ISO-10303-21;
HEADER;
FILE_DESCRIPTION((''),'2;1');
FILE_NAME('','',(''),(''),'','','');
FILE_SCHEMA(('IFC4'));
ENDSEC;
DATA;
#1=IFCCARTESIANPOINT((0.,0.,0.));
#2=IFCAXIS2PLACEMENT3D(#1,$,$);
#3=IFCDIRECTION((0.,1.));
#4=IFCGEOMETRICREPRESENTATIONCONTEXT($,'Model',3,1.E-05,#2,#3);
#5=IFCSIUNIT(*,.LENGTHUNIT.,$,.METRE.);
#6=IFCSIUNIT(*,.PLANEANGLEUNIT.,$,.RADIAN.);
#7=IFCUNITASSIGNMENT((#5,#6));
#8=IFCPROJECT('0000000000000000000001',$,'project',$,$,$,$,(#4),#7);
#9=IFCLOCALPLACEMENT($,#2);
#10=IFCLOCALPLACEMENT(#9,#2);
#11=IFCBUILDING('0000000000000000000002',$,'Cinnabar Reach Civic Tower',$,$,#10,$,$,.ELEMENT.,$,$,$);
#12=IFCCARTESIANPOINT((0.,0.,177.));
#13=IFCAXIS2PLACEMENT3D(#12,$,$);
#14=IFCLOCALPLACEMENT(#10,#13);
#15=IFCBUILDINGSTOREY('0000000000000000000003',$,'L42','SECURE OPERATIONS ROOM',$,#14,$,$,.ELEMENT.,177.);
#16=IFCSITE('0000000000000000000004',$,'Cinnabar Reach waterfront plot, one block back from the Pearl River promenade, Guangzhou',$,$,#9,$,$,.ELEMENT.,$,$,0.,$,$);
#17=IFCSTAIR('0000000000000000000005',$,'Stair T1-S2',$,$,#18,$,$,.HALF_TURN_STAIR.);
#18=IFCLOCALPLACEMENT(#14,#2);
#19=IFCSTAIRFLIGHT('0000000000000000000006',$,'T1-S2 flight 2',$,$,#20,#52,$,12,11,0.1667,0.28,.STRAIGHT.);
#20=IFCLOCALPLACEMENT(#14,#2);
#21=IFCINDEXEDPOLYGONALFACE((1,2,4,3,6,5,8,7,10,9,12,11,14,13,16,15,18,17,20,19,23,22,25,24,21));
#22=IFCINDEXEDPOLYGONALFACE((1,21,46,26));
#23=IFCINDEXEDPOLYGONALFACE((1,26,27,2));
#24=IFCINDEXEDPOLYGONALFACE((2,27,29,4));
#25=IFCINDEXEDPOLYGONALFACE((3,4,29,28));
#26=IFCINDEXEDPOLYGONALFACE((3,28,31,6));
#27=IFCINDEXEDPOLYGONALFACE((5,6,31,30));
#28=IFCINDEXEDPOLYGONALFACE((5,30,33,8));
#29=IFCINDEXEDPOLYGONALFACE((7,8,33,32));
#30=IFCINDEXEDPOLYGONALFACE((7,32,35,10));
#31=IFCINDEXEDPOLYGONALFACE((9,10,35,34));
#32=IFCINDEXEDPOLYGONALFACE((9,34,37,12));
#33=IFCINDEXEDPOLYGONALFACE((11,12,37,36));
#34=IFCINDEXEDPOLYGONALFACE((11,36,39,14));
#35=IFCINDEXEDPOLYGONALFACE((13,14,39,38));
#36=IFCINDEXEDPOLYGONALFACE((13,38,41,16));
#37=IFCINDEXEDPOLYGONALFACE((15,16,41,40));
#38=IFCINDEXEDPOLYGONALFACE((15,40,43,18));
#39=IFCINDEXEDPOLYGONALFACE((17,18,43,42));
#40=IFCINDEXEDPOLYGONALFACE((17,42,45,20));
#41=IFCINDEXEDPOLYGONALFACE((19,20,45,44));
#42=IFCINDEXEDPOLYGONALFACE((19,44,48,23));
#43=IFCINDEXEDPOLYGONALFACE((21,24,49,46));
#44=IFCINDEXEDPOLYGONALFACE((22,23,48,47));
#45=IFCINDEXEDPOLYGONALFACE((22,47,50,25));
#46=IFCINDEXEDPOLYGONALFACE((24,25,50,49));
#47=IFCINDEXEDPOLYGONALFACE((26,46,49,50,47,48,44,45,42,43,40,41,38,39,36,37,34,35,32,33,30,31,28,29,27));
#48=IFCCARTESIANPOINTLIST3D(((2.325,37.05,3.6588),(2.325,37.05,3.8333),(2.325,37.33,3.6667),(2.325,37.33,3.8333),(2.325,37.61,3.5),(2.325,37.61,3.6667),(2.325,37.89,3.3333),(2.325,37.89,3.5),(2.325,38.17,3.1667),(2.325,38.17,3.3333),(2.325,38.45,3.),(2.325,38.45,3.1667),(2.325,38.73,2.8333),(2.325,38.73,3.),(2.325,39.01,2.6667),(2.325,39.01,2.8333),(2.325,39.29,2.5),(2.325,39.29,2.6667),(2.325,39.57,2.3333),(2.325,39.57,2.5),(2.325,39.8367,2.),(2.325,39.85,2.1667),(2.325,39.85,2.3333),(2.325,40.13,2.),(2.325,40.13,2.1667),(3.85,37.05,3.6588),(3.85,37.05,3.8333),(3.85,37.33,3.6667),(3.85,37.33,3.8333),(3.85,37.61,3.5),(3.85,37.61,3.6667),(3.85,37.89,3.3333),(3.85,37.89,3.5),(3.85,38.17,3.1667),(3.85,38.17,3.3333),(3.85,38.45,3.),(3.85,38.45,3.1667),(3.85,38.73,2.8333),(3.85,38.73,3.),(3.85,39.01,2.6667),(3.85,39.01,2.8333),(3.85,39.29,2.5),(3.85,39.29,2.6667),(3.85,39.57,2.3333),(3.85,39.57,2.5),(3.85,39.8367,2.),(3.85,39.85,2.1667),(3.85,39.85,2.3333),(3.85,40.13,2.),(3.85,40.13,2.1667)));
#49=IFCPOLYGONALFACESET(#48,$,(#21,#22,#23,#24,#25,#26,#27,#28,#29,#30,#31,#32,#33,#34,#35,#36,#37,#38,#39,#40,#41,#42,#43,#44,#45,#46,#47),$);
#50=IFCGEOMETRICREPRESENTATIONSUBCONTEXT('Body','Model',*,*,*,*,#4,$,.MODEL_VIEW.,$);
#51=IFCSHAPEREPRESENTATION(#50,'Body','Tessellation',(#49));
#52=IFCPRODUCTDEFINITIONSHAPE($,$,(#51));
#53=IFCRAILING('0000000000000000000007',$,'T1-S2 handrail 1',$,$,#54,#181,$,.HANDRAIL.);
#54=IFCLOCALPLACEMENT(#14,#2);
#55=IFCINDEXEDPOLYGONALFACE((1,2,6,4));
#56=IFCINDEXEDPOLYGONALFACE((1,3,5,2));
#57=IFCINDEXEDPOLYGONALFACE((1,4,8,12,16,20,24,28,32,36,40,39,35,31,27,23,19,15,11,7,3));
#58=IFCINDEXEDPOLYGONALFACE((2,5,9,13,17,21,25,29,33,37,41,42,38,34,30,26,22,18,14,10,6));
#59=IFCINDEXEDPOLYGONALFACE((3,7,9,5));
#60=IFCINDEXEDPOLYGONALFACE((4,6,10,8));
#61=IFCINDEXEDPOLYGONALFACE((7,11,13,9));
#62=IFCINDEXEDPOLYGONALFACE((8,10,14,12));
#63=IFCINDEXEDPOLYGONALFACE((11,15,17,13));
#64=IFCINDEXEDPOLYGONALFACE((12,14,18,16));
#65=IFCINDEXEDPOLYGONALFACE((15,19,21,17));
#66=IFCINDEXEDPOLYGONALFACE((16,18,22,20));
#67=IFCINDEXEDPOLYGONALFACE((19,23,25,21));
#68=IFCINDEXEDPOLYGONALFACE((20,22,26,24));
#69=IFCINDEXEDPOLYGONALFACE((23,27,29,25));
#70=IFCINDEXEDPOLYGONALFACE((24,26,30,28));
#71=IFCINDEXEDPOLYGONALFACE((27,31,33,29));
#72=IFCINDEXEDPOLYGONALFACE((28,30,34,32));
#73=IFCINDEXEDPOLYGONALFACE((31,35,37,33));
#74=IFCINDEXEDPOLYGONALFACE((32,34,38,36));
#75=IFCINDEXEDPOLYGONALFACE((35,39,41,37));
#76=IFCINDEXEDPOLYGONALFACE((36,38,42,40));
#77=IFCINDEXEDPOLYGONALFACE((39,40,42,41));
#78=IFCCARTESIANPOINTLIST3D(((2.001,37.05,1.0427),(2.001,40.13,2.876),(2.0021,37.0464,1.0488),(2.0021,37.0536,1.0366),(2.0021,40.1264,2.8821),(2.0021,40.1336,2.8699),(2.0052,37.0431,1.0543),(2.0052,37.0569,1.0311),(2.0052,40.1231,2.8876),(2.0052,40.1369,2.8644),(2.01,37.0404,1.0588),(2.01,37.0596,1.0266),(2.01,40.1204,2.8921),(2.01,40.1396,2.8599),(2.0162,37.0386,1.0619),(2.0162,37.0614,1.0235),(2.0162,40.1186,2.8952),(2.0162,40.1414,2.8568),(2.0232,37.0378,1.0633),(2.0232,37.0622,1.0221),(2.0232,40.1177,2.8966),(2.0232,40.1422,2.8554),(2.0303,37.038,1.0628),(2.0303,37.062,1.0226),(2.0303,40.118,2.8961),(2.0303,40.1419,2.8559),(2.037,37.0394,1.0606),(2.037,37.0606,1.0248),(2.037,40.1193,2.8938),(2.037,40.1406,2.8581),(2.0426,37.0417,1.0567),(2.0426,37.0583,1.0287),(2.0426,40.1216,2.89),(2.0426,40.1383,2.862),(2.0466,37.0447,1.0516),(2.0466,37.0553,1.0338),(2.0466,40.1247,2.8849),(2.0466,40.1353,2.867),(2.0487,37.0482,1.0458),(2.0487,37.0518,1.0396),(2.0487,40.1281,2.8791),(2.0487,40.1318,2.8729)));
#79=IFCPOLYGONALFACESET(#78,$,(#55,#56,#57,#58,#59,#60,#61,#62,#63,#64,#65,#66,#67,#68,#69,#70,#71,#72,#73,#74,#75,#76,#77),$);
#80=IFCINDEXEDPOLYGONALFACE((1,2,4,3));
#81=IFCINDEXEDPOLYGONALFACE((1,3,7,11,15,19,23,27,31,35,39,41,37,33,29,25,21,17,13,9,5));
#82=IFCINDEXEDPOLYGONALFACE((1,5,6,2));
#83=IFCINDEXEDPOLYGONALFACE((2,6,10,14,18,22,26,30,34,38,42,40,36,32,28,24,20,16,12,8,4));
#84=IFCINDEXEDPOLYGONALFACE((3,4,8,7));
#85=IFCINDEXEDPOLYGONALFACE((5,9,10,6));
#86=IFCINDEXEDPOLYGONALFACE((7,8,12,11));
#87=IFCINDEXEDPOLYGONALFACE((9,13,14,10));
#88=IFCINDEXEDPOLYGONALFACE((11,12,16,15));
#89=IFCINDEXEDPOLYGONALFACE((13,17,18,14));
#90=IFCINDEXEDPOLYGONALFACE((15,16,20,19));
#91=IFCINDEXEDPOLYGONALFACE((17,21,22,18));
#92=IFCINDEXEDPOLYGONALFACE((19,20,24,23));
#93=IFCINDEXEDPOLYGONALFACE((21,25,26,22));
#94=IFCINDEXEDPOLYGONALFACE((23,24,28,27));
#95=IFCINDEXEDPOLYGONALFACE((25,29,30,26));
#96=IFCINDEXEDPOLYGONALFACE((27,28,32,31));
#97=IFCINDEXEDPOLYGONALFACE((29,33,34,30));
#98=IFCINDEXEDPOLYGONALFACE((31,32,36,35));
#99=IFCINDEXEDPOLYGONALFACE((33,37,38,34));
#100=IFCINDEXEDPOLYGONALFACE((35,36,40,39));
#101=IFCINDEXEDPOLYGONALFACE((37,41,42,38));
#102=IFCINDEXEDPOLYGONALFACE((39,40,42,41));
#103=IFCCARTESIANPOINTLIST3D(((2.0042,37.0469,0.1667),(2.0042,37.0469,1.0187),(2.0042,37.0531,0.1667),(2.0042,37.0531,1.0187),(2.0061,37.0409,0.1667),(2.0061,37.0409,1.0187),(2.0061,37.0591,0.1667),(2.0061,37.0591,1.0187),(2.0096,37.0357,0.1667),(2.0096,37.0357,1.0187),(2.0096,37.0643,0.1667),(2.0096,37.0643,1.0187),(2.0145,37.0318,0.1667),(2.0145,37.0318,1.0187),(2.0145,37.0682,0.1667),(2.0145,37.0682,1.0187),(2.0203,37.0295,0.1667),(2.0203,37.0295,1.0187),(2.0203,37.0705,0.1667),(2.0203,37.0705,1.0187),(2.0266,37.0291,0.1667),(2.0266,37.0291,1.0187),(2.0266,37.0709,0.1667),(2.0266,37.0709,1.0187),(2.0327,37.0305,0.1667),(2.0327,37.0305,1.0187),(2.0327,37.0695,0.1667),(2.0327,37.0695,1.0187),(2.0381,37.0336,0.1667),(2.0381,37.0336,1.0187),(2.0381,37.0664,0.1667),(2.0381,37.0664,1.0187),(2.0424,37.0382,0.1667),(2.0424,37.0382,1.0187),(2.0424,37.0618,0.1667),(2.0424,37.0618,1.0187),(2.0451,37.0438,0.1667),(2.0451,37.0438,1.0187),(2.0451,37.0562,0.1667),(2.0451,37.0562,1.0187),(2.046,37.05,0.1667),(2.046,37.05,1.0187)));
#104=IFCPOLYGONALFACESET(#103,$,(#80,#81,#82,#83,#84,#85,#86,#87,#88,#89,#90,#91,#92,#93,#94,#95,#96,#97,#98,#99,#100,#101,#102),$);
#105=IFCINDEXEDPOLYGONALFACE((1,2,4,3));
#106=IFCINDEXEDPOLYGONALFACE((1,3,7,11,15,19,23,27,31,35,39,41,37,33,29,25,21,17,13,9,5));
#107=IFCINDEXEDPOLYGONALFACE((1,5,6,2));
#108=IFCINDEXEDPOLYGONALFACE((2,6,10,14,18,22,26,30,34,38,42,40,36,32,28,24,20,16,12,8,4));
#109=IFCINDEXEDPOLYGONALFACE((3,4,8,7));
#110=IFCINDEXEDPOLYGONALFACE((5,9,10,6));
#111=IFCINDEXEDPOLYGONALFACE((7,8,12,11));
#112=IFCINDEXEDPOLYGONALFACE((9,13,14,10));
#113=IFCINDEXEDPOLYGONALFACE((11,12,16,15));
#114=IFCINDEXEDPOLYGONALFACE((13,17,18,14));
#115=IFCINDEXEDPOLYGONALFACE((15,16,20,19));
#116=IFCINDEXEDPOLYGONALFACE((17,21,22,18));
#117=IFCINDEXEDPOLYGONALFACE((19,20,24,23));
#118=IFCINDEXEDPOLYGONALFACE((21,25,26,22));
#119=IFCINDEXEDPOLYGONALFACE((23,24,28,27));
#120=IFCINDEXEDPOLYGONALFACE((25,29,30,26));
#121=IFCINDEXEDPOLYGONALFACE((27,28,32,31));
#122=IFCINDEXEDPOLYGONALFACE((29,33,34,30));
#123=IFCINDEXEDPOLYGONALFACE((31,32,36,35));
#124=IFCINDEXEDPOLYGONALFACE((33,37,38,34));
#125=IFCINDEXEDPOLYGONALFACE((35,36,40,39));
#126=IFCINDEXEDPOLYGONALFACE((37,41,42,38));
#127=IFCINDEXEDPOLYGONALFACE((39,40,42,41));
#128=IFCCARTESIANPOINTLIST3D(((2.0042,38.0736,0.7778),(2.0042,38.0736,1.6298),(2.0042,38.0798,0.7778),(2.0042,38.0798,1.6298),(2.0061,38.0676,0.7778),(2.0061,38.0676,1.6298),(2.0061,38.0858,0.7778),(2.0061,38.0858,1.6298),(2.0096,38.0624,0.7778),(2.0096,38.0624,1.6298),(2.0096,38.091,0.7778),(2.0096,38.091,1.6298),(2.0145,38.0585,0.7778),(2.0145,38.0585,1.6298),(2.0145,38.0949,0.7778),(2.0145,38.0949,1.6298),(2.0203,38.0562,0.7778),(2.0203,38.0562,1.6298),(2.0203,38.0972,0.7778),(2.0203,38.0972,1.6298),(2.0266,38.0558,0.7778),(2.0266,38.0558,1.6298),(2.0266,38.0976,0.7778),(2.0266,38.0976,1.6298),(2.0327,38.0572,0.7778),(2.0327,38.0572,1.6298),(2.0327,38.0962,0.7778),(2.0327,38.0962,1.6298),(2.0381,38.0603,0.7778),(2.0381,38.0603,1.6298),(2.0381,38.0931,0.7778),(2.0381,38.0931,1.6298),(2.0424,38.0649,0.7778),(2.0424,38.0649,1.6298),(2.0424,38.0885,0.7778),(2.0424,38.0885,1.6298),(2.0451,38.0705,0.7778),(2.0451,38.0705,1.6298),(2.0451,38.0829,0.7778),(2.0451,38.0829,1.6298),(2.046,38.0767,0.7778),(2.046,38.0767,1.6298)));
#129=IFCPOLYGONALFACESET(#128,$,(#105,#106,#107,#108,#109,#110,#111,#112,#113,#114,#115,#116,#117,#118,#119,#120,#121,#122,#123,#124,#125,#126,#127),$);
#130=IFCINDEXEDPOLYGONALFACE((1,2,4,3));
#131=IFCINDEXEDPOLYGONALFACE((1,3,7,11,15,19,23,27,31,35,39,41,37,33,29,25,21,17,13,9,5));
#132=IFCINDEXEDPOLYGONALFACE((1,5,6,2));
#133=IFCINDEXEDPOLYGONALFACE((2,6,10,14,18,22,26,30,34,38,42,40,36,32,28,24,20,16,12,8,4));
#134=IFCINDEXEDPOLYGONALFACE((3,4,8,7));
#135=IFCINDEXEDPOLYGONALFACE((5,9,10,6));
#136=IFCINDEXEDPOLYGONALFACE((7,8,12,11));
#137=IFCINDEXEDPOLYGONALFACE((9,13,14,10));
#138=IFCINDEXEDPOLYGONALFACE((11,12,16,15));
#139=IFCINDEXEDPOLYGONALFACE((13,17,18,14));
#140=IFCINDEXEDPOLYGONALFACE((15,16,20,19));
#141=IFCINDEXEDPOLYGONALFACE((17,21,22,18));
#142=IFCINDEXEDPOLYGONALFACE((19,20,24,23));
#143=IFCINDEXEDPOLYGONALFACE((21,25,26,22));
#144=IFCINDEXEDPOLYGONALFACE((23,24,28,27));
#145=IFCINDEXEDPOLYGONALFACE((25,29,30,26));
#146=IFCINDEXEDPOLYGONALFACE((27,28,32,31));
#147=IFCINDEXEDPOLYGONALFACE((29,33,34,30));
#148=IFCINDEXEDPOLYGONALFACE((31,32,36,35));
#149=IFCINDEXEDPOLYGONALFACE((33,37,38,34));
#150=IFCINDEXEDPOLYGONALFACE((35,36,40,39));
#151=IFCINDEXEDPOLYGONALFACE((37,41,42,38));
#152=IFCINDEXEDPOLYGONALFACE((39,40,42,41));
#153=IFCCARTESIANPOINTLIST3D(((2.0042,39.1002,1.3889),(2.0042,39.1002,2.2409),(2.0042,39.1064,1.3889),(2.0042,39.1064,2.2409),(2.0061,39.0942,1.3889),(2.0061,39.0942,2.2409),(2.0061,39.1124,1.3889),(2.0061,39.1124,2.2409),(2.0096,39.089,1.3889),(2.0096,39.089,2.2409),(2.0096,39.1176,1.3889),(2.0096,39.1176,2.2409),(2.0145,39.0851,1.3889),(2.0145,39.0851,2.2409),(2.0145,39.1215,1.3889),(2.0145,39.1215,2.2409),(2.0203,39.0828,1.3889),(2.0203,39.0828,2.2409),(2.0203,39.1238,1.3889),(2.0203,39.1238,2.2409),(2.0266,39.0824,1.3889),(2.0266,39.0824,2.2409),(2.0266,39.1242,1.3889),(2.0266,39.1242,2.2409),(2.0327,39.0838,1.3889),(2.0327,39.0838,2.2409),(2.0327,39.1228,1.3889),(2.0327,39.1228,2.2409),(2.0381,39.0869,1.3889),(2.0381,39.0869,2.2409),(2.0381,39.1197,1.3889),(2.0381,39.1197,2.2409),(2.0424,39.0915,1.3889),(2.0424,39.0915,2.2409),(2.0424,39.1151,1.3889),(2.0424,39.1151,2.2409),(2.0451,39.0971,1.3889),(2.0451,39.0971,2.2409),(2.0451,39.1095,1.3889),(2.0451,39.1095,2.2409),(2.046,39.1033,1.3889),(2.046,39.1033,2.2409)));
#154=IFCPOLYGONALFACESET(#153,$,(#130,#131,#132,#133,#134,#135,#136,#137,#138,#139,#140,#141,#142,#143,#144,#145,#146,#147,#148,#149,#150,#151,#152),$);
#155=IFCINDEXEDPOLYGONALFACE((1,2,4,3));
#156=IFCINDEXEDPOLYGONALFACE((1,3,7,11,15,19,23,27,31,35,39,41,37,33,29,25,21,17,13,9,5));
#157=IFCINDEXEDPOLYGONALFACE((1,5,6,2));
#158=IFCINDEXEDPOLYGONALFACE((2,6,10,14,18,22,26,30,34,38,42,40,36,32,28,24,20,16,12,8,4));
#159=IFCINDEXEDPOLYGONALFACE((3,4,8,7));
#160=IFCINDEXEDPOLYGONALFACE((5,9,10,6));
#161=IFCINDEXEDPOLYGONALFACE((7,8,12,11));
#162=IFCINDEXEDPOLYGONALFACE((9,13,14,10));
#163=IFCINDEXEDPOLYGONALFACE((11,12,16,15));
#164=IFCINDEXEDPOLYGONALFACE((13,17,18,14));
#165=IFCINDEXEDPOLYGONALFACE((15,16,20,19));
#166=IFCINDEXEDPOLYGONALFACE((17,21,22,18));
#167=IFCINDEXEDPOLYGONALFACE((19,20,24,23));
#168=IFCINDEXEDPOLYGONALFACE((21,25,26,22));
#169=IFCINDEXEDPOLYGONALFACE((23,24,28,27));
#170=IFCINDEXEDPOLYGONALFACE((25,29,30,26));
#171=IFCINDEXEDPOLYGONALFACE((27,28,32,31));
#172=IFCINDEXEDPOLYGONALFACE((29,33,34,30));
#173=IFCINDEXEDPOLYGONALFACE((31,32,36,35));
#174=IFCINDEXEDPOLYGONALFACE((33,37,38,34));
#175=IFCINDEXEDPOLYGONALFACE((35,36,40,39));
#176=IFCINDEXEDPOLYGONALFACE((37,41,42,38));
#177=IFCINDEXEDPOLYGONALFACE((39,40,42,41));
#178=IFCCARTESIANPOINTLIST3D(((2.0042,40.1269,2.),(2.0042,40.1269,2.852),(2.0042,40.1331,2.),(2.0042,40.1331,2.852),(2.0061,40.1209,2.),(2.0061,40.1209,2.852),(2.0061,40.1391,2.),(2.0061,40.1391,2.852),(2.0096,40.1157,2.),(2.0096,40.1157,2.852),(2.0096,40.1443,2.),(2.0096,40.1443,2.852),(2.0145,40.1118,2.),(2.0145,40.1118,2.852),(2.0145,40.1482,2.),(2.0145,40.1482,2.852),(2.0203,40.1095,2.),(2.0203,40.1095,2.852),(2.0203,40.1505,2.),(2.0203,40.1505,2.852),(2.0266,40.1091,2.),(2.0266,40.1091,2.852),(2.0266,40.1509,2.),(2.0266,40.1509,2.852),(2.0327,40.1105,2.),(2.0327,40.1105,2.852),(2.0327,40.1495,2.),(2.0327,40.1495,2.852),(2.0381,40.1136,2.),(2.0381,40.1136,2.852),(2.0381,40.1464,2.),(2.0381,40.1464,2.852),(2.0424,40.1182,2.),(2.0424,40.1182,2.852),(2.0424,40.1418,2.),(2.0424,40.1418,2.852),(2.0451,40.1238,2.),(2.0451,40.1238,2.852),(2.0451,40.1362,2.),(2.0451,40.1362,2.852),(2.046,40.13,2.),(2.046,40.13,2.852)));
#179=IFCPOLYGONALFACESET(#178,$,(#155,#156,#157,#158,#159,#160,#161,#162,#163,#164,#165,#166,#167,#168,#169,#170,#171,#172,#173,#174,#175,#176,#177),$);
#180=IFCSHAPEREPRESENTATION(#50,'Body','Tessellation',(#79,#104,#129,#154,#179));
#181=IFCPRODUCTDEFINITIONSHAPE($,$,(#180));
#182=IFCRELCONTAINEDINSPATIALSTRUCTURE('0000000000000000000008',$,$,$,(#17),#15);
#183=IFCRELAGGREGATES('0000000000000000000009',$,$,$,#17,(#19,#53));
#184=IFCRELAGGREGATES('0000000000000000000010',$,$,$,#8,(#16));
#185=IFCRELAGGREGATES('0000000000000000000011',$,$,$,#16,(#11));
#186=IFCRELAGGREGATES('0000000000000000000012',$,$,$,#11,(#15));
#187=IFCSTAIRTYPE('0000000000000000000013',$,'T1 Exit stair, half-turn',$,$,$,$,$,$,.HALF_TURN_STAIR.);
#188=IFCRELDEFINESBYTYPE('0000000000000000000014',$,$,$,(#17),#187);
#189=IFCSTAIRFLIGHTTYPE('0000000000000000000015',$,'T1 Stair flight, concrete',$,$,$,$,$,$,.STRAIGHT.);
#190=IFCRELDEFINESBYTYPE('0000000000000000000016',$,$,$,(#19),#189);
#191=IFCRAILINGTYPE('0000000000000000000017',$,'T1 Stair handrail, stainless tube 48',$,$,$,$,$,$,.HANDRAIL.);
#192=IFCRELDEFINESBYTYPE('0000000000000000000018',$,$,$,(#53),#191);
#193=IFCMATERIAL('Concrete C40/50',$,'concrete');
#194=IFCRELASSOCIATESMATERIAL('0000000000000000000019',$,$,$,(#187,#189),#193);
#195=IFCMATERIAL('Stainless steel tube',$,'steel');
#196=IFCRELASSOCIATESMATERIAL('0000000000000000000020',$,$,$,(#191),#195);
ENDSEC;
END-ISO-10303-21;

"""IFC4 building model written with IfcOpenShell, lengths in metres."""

from ifc_helpers import new_model, si_unit, direction, frame, origin, origin_2d, place, context, subcontext, project, spatial, polyline, circle, outline, extrude, material, type_object, element, aggregate, save


model = new_model("IFC4")

# Units and contexts
model_context = context("Model", 3, precision=1e-05, world=origin(), true_north=direction((0.0, 1.0)))
body_context = subcontext(model_context, "Body", "Model", "MODEL_VIEW")
ifc_project = project(units=[si_unit("LENGTHUNIT", "METRE"), si_unit("PLANEANGLEUNIT", "RADIAN")], contexts=[model_context])

# Site, building, storey
site_placement = place(None, origin())
site = spatial("IfcSite", under=ifc_project, at=site_placement, Name="Cinnabar Reach waterfront plot, one block back from the Pearl River promenade, Guangzhou", CompositionType="ELEMENT", RefElevation=0.0)
building_placement = place(site_placement, origin())
building = spatial("IfcBuilding", under=site, at=building_placement, Name="Cinnabar Reach Civic Tower", CompositionType="ELEMENT")
storey_placement = place(building_placement, frame((0.0, 0.0, 177.0)))
storey = spatial("IfcBuildingStorey", under=building, at=storey_placement, Name="L42", Description="SECURE OPERATIONS ROOM", CompositionType="ELEMENT", Elevation=177.0)

# Shared definitions
ifc_material_1 = material(Name="Concrete C40/50", Category="concrete")

# Stair, stair flight, railing
stair_type = type_object("IfcStairType", Name="T1 Exit stair, half-turn", PredefinedType="HALF_TURN_STAIR", material=ifc_material_1)
stair_placement = place(storey_placement, origin())
stair = element("IfcStair", 1, at=stair_placement, inside=storey, type_object=stair_type, Name="Stair T1-S2", PredefinedType="HALF_TURN_STAIR")
stair_flight_type = type_object("IfcStairFlightType", Name="T1 Stair flight, concrete", PredefinedType="STRAIGHT", material=ifc_material_1)
stair_flight_1_placement = place(storey_placement, frame((3.0875, 40.13, 2.0), z_axis=(0.0, 0.0, 1.0), x_axis=(0.0, -1.0, 0.0)))
stair_flight_1 = element("IfcStairFlight", 2, at=stair_flight_1_placement, type_object=stair_flight_type, Name="T1-S2 flight 2", NumberOfRisers=12, NumberOfTreads=11, PredefinedType="STRAIGHT", RiserHeight=0.1667, TreadLength=0.28, context=body_context, shape_type="SweptSolid", body=[
    extrude(outline(polyline([(0.0, 0.0), (0.0, 0.1667), (0.28, 0.1667), (0.28, 0.3333), (0.56, 0.3333), (0.56, 0.5), (0.84, 0.5), (0.84, 0.6667), (1.12, 0.6667), (1.12, 0.8333), (1.4, 0.8333), (1.4, 1.0), (1.68, 1.0), (1.68, 1.1667), (1.96, 1.1667), (1.96, 1.3333), (2.24, 1.3333), (2.24, 1.5), (2.52, 1.5), (2.52, 1.6667), (2.8, 1.6667), (2.8, 1.8333), (3.08, 1.8333), (3.08, 2.0), (3.08, 1.6588), (0.2933, 0.0), (0.0, 0.0)])), frame((0.0, 0.7625, 0.0), z_axis=(0.0, -1.0, 0.0), x_axis=(1.0, 0.0, 0.0)), (0.0, 0.0, 1.0), 1.525),
])
ifc_material_2 = material(Name="Stainless steel tube", Category="steel")
railing_type = type_object("IfcRailingType", Name="T1 Stair handrail, stainless tube 48", PredefinedType="HANDRAIL", material=ifc_material_2)
railing_1_placement = place(storey_placement, frame((2.025, 37.05, 0.1667)))
railing_1 = element("IfcRailing", 3, at=railing_1_placement, type_object=railing_type, Name="T1-S2 handrail 1", PredefinedType="HANDRAIL", context=body_context, shape_type="SweptSolid", body=[
    extrude(circle(Radius=0.024, at=origin_2d()), frame((0.0, 0.0, 0.876), z_axis=(0.0, 0.859297, 0.511477), x_axis=(-1.0, 0.0, 0.0)), (0.0, 0.0, 1.0), 3.5843),
    extrude(circle(Radius=0.021, at=origin_2d()), origin(), (0.0, 0.0, 1.0), 0.852),
    extrude(circle(Radius=0.021, at=origin_2d()), frame((0.0, 1.0267, 0.6111)), (0.0, 0.0, 1.0), 0.852),
    extrude(circle(Radius=0.021, at=origin_2d()), frame((0.0, 2.0533, 1.2222)), (0.0, 0.0, 1.0), 0.852),
    extrude(circle(Radius=0.021, at=origin_2d()), frame((0.0, 3.08, 1.8333)), (0.0, 0.0, 1.0), 0.852),
])
aggregate(stair, [stair_flight_1, railing_1])

save(model, "model.ifc")
